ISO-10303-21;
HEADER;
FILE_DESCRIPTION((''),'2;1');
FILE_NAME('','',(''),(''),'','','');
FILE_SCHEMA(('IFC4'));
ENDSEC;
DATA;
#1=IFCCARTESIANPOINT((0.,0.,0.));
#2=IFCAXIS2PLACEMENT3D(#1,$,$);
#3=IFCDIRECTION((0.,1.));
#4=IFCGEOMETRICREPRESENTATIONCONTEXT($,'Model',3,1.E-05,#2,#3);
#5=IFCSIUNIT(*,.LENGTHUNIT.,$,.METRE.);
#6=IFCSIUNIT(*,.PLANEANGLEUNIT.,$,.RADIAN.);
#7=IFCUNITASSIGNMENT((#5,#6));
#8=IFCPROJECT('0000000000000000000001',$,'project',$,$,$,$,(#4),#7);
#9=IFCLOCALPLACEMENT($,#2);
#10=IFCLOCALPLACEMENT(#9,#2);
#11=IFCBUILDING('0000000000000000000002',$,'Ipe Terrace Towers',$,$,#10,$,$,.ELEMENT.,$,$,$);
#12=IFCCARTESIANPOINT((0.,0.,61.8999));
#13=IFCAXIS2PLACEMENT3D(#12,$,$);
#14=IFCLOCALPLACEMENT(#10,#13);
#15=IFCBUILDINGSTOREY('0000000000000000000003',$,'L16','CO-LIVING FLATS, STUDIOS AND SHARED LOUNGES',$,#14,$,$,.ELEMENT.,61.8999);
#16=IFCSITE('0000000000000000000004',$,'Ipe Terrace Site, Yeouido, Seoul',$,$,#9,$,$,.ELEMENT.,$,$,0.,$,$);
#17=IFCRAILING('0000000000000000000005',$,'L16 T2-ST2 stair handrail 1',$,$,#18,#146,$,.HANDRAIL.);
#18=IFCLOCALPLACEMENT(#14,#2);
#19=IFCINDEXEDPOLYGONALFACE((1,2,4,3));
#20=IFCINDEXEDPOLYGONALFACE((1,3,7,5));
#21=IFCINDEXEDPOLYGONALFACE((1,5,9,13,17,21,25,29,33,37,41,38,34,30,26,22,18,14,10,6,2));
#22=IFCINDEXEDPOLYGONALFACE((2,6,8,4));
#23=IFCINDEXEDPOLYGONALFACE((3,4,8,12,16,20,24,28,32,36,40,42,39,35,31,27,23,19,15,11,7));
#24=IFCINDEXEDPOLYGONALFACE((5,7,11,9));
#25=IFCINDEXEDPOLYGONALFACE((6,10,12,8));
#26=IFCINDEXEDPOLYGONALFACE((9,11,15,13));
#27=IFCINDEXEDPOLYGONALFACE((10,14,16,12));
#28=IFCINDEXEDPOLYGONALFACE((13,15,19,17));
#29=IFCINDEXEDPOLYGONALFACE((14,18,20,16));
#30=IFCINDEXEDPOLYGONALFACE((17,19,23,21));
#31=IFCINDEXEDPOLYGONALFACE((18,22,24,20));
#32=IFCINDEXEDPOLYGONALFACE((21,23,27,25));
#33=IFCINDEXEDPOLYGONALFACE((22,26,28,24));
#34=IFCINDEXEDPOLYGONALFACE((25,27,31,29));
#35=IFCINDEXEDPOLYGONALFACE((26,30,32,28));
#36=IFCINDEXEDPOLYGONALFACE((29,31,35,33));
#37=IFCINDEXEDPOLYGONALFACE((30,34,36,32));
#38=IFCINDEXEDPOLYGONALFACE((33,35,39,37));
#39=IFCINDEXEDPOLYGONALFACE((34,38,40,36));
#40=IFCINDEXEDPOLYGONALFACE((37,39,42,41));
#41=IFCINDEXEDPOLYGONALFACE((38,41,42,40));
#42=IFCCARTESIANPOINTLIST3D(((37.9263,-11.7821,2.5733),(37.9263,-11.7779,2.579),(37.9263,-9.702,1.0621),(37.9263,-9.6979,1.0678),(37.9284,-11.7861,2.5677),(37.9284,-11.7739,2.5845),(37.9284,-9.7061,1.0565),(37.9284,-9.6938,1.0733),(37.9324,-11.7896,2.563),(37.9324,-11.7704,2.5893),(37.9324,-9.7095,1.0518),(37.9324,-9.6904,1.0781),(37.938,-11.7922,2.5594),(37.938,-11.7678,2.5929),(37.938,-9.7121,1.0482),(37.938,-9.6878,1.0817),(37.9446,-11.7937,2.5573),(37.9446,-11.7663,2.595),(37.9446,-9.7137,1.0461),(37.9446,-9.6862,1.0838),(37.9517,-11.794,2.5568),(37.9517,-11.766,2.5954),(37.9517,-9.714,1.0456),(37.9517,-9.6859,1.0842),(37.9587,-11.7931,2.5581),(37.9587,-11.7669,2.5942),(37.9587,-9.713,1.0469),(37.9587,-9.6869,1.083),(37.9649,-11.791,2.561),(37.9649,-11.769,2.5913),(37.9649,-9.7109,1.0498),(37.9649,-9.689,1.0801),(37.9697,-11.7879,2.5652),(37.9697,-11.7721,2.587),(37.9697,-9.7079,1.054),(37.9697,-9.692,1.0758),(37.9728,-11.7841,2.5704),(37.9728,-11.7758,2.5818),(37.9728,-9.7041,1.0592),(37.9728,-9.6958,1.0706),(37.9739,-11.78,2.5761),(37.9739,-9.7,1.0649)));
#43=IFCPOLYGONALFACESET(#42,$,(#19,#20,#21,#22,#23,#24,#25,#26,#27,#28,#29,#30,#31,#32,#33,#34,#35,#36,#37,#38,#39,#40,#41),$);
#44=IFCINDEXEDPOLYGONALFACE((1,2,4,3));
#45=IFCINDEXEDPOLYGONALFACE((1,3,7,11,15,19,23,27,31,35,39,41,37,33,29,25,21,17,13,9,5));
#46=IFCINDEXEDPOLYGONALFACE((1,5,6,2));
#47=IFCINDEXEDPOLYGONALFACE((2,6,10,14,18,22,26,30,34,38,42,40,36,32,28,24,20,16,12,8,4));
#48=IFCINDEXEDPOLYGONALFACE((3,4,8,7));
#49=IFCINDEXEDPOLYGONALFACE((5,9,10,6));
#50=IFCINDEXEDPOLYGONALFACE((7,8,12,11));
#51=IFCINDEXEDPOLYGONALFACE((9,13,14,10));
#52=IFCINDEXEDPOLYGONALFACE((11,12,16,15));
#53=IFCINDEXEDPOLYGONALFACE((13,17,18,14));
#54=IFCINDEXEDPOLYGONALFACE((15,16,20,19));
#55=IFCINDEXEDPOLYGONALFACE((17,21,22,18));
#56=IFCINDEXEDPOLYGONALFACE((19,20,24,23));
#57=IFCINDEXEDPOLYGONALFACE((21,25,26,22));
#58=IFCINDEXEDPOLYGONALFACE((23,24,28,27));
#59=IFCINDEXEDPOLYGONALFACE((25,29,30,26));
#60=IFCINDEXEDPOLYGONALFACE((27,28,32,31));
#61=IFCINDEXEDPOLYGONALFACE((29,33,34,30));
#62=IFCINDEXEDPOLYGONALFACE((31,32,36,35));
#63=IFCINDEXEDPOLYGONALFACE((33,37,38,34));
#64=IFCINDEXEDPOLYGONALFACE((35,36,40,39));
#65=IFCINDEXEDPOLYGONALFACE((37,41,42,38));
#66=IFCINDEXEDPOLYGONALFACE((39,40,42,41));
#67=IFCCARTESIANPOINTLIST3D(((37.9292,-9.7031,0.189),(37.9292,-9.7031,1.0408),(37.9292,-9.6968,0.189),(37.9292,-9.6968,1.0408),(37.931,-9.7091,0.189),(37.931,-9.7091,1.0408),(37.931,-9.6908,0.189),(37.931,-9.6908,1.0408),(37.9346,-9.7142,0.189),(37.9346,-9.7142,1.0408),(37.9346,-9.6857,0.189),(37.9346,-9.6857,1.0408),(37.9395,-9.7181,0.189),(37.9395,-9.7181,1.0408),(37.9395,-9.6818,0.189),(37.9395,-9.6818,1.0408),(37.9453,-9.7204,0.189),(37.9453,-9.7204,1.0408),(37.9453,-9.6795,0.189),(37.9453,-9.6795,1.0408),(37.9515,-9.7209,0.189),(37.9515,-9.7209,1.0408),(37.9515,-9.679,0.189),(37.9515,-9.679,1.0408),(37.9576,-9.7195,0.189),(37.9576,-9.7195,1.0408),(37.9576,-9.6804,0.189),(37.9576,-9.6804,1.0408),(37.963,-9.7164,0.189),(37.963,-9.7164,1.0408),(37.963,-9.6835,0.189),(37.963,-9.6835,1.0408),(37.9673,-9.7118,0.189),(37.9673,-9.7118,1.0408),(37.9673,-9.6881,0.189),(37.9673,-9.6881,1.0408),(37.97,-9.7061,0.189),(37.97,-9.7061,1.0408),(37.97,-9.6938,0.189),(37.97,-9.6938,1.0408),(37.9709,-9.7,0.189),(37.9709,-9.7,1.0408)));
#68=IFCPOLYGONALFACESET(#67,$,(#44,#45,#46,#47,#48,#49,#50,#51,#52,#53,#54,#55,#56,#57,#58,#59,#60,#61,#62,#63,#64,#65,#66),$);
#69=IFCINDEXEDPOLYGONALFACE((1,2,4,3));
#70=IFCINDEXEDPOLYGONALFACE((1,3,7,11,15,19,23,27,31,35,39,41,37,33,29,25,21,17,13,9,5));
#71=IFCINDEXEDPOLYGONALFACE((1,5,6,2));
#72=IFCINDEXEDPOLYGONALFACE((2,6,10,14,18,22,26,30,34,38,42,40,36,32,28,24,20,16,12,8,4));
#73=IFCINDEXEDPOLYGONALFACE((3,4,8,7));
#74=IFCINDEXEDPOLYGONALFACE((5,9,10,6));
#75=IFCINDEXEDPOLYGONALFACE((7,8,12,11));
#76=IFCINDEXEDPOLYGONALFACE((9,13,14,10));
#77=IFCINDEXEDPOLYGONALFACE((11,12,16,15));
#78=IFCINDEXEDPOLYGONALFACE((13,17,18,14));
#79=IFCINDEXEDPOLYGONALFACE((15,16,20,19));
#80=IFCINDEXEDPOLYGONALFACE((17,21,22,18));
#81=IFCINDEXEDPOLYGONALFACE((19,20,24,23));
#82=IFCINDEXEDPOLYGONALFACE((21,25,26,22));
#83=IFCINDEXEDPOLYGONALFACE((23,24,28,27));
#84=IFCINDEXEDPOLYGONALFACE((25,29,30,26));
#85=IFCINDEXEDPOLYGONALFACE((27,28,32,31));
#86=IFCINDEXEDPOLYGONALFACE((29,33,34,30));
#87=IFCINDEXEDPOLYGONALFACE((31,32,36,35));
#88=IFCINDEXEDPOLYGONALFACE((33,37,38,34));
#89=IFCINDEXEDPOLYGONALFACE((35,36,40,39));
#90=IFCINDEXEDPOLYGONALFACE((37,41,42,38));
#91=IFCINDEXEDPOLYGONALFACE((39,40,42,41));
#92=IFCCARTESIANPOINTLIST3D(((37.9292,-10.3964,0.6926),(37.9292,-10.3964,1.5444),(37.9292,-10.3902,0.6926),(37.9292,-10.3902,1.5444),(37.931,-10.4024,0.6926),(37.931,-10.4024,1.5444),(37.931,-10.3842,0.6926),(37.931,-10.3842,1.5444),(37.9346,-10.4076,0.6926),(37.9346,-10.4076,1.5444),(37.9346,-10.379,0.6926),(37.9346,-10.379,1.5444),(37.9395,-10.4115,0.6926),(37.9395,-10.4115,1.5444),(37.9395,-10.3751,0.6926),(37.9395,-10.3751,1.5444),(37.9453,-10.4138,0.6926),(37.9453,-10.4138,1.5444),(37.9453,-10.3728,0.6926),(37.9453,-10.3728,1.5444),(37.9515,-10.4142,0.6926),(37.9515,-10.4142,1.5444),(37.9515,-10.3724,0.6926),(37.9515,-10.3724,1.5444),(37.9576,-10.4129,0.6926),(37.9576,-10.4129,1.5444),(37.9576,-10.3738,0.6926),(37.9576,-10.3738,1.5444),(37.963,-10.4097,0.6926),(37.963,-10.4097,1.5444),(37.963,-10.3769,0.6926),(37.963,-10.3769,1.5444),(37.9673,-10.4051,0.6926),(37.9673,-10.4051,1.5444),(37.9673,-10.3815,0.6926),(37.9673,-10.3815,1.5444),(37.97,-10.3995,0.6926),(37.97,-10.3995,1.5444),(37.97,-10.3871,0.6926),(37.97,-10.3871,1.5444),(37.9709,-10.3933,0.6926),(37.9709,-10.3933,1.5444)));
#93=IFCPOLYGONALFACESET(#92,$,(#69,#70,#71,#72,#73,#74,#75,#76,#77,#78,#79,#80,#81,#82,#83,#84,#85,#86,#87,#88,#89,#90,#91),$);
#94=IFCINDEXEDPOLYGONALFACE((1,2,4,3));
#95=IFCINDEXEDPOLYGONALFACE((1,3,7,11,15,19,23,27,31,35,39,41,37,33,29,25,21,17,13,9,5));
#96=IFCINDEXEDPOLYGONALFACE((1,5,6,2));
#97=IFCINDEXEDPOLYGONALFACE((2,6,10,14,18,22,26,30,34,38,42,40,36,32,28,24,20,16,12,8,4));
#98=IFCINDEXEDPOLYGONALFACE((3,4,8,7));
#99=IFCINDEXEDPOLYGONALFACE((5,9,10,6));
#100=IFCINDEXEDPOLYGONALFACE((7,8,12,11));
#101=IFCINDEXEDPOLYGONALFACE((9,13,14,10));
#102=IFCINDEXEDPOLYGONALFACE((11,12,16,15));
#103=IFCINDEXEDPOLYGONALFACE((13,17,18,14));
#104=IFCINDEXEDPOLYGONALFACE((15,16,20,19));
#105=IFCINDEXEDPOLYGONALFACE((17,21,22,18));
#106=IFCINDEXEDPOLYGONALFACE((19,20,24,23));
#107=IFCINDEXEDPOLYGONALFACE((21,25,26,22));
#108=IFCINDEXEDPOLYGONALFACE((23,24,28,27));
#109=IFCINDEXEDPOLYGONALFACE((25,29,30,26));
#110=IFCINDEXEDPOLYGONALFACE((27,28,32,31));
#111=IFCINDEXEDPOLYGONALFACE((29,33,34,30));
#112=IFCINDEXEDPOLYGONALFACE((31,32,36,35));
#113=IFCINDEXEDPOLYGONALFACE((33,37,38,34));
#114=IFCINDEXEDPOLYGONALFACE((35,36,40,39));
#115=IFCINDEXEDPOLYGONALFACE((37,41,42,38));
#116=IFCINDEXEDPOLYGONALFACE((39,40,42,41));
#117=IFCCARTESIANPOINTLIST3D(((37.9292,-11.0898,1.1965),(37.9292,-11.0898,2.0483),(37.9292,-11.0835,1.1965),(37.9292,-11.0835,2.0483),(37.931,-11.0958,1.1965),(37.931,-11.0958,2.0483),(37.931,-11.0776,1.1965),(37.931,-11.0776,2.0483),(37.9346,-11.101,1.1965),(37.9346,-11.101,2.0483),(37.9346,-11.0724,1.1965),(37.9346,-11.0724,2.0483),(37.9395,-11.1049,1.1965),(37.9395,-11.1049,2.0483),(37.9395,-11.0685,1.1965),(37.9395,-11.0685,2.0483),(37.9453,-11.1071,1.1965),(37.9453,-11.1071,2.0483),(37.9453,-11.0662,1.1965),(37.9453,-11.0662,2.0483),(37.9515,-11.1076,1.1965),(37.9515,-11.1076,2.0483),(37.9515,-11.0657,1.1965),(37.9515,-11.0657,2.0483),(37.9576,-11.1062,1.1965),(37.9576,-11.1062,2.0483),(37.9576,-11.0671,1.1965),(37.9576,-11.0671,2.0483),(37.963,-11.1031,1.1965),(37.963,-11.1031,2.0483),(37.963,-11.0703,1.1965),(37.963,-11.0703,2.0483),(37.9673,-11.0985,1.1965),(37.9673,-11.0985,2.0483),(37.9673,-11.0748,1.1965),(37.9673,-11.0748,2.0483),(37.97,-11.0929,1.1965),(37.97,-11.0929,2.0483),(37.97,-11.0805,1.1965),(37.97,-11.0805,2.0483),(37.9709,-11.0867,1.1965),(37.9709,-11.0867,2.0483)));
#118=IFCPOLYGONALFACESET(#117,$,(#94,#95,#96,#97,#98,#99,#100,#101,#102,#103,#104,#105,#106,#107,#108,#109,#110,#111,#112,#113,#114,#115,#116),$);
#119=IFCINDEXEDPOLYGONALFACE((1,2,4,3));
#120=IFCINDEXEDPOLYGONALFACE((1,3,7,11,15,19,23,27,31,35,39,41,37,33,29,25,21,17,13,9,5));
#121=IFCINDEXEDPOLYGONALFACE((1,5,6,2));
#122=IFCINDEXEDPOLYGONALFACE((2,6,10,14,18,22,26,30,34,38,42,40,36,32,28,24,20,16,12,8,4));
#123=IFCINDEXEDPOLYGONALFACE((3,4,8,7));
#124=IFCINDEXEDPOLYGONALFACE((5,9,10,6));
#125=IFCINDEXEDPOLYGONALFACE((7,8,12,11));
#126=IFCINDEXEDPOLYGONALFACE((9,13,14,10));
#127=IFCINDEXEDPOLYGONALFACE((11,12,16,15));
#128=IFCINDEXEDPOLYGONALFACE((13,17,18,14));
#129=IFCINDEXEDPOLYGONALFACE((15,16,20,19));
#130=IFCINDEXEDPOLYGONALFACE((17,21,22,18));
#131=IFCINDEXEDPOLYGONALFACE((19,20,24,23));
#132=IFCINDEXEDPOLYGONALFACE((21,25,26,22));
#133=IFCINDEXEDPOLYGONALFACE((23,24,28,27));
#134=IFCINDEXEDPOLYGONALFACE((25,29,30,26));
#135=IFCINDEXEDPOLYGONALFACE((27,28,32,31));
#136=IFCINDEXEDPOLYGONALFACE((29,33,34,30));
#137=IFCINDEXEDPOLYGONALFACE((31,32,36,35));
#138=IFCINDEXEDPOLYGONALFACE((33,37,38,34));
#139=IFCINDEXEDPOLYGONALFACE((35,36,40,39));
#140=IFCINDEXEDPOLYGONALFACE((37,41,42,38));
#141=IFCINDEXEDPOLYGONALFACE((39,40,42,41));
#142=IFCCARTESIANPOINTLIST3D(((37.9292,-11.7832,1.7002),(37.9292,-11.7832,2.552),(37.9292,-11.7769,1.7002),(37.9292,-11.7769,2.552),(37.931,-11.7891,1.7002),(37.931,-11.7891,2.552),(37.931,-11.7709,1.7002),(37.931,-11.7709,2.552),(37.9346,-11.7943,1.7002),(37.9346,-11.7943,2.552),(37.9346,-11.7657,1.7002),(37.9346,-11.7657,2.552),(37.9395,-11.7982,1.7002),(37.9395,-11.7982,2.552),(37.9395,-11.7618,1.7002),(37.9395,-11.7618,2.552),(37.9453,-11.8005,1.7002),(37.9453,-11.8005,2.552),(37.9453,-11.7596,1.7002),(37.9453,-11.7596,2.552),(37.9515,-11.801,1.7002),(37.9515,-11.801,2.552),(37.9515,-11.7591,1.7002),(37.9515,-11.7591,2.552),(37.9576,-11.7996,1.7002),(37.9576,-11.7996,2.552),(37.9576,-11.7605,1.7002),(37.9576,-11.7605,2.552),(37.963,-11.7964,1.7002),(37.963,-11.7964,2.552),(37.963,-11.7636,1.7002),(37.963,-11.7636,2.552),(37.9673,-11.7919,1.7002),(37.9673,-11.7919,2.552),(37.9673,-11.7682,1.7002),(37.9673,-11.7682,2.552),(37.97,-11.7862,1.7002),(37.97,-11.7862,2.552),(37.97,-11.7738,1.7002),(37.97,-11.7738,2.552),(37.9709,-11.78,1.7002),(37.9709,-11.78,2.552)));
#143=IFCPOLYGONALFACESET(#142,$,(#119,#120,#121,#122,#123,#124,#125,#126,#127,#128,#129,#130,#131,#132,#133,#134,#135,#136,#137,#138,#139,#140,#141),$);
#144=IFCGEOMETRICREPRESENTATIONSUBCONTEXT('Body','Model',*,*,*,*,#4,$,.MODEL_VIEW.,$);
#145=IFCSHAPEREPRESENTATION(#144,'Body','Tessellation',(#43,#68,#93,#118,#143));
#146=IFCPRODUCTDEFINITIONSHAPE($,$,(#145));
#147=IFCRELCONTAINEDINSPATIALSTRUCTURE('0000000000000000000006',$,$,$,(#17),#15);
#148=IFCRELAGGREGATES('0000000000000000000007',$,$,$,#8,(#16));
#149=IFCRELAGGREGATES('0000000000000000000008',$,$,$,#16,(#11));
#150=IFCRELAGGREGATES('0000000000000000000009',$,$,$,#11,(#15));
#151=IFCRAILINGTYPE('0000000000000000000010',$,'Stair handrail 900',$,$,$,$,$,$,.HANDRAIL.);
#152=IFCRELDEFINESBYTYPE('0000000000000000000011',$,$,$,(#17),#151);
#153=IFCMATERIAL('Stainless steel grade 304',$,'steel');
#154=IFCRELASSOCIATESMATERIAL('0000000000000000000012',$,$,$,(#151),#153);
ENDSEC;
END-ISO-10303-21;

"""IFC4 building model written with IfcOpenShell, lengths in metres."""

from ifc_helpers import new_model, si_unit, direction, frame, origin, origin_2d, place, context, subcontext, project, spatial, circle, extrude, material, type_object, element, save


model = new_model("IFC4")

# Units and contexts
model_context = context("Model", 3, precision=1e-05, world=origin(), true_north=direction((0.0, 1.0)))
body_context = subcontext(model_context, "Body", "Model", "MODEL_VIEW")
ifc_project = project(units=[si_unit("LENGTHUNIT", "METRE"), si_unit("PLANEANGLEUNIT", "RADIAN")], contexts=[model_context])

# Site, building, storey
site_placement = place(None, origin())
site = spatial("IfcSite", under=ifc_project, at=site_placement, Name="Ipe Terrace Site, Yeouido, Seoul", CompositionType="ELEMENT", RefElevation=0.0)
building_placement = place(site_placement, origin())
building = spatial("IfcBuilding", under=site, at=building_placement, Name="Ipe Terrace Towers", CompositionType="ELEMENT")
storey_placement = place(building_placement, frame((0.0, 0.0, 61.8999)))
storey = spatial("IfcBuildingStorey", under=building, at=storey_placement, Name="L16", Description="CO-LIVING FLATS, STUDIOS AND SHARED LOUNGES", CompositionType="ELEMENT", Elevation=61.8999)

# Railing
ifc_material_1 = material(Name="Stainless steel grade 304", Category="steel")
railing_type_1 = type_object("IfcRailingType", Name="Stair handrail 900", PredefinedType="HANDRAIL", material=ifc_material_1)
railing_1_placement = place(storey_placement, frame((37.95, -9.7, 0.189)))
element("IfcRailing", 1, at=railing_1_placement, inside=storey, type_object=railing_type_1, Name="L16 T2-ST2 stair handrail 1", PredefinedType="HANDRAIL", context=body_context, shape_type="SweptSolid", body=[
    extrude(circle(Radius=0.0239, at=origin_2d()), frame((0.0, 0.0, 0.876), z_axis=(0.0, -0.809023, 0.587776), x_axis=(1.0, 0.0, 0.0)), (0.0, 0.0, 1.0), 2.571),
    extrude(circle(Radius=0.021, at=origin_2d()), origin(), (0.0, 0.0, 1.0), 0.8518),
    extrude(circle(Radius=0.021, at=origin_2d()), frame((0.0, -0.6934, 0.5037)), (0.0, 0.0, 1.0), 0.8518),
    extrude(circle(Radius=0.021, at=origin_2d()), frame((0.0, -1.3867, 1.0076)), (0.0, 0.0, 1.0), 0.8518),
    extrude(circle(Radius=0.021, at=origin_2d()), frame((0.0, -2.0801, 1.5112)), (0.0, 0.0, 1.0), 0.8518),
])

save(model, "model.ifc")
